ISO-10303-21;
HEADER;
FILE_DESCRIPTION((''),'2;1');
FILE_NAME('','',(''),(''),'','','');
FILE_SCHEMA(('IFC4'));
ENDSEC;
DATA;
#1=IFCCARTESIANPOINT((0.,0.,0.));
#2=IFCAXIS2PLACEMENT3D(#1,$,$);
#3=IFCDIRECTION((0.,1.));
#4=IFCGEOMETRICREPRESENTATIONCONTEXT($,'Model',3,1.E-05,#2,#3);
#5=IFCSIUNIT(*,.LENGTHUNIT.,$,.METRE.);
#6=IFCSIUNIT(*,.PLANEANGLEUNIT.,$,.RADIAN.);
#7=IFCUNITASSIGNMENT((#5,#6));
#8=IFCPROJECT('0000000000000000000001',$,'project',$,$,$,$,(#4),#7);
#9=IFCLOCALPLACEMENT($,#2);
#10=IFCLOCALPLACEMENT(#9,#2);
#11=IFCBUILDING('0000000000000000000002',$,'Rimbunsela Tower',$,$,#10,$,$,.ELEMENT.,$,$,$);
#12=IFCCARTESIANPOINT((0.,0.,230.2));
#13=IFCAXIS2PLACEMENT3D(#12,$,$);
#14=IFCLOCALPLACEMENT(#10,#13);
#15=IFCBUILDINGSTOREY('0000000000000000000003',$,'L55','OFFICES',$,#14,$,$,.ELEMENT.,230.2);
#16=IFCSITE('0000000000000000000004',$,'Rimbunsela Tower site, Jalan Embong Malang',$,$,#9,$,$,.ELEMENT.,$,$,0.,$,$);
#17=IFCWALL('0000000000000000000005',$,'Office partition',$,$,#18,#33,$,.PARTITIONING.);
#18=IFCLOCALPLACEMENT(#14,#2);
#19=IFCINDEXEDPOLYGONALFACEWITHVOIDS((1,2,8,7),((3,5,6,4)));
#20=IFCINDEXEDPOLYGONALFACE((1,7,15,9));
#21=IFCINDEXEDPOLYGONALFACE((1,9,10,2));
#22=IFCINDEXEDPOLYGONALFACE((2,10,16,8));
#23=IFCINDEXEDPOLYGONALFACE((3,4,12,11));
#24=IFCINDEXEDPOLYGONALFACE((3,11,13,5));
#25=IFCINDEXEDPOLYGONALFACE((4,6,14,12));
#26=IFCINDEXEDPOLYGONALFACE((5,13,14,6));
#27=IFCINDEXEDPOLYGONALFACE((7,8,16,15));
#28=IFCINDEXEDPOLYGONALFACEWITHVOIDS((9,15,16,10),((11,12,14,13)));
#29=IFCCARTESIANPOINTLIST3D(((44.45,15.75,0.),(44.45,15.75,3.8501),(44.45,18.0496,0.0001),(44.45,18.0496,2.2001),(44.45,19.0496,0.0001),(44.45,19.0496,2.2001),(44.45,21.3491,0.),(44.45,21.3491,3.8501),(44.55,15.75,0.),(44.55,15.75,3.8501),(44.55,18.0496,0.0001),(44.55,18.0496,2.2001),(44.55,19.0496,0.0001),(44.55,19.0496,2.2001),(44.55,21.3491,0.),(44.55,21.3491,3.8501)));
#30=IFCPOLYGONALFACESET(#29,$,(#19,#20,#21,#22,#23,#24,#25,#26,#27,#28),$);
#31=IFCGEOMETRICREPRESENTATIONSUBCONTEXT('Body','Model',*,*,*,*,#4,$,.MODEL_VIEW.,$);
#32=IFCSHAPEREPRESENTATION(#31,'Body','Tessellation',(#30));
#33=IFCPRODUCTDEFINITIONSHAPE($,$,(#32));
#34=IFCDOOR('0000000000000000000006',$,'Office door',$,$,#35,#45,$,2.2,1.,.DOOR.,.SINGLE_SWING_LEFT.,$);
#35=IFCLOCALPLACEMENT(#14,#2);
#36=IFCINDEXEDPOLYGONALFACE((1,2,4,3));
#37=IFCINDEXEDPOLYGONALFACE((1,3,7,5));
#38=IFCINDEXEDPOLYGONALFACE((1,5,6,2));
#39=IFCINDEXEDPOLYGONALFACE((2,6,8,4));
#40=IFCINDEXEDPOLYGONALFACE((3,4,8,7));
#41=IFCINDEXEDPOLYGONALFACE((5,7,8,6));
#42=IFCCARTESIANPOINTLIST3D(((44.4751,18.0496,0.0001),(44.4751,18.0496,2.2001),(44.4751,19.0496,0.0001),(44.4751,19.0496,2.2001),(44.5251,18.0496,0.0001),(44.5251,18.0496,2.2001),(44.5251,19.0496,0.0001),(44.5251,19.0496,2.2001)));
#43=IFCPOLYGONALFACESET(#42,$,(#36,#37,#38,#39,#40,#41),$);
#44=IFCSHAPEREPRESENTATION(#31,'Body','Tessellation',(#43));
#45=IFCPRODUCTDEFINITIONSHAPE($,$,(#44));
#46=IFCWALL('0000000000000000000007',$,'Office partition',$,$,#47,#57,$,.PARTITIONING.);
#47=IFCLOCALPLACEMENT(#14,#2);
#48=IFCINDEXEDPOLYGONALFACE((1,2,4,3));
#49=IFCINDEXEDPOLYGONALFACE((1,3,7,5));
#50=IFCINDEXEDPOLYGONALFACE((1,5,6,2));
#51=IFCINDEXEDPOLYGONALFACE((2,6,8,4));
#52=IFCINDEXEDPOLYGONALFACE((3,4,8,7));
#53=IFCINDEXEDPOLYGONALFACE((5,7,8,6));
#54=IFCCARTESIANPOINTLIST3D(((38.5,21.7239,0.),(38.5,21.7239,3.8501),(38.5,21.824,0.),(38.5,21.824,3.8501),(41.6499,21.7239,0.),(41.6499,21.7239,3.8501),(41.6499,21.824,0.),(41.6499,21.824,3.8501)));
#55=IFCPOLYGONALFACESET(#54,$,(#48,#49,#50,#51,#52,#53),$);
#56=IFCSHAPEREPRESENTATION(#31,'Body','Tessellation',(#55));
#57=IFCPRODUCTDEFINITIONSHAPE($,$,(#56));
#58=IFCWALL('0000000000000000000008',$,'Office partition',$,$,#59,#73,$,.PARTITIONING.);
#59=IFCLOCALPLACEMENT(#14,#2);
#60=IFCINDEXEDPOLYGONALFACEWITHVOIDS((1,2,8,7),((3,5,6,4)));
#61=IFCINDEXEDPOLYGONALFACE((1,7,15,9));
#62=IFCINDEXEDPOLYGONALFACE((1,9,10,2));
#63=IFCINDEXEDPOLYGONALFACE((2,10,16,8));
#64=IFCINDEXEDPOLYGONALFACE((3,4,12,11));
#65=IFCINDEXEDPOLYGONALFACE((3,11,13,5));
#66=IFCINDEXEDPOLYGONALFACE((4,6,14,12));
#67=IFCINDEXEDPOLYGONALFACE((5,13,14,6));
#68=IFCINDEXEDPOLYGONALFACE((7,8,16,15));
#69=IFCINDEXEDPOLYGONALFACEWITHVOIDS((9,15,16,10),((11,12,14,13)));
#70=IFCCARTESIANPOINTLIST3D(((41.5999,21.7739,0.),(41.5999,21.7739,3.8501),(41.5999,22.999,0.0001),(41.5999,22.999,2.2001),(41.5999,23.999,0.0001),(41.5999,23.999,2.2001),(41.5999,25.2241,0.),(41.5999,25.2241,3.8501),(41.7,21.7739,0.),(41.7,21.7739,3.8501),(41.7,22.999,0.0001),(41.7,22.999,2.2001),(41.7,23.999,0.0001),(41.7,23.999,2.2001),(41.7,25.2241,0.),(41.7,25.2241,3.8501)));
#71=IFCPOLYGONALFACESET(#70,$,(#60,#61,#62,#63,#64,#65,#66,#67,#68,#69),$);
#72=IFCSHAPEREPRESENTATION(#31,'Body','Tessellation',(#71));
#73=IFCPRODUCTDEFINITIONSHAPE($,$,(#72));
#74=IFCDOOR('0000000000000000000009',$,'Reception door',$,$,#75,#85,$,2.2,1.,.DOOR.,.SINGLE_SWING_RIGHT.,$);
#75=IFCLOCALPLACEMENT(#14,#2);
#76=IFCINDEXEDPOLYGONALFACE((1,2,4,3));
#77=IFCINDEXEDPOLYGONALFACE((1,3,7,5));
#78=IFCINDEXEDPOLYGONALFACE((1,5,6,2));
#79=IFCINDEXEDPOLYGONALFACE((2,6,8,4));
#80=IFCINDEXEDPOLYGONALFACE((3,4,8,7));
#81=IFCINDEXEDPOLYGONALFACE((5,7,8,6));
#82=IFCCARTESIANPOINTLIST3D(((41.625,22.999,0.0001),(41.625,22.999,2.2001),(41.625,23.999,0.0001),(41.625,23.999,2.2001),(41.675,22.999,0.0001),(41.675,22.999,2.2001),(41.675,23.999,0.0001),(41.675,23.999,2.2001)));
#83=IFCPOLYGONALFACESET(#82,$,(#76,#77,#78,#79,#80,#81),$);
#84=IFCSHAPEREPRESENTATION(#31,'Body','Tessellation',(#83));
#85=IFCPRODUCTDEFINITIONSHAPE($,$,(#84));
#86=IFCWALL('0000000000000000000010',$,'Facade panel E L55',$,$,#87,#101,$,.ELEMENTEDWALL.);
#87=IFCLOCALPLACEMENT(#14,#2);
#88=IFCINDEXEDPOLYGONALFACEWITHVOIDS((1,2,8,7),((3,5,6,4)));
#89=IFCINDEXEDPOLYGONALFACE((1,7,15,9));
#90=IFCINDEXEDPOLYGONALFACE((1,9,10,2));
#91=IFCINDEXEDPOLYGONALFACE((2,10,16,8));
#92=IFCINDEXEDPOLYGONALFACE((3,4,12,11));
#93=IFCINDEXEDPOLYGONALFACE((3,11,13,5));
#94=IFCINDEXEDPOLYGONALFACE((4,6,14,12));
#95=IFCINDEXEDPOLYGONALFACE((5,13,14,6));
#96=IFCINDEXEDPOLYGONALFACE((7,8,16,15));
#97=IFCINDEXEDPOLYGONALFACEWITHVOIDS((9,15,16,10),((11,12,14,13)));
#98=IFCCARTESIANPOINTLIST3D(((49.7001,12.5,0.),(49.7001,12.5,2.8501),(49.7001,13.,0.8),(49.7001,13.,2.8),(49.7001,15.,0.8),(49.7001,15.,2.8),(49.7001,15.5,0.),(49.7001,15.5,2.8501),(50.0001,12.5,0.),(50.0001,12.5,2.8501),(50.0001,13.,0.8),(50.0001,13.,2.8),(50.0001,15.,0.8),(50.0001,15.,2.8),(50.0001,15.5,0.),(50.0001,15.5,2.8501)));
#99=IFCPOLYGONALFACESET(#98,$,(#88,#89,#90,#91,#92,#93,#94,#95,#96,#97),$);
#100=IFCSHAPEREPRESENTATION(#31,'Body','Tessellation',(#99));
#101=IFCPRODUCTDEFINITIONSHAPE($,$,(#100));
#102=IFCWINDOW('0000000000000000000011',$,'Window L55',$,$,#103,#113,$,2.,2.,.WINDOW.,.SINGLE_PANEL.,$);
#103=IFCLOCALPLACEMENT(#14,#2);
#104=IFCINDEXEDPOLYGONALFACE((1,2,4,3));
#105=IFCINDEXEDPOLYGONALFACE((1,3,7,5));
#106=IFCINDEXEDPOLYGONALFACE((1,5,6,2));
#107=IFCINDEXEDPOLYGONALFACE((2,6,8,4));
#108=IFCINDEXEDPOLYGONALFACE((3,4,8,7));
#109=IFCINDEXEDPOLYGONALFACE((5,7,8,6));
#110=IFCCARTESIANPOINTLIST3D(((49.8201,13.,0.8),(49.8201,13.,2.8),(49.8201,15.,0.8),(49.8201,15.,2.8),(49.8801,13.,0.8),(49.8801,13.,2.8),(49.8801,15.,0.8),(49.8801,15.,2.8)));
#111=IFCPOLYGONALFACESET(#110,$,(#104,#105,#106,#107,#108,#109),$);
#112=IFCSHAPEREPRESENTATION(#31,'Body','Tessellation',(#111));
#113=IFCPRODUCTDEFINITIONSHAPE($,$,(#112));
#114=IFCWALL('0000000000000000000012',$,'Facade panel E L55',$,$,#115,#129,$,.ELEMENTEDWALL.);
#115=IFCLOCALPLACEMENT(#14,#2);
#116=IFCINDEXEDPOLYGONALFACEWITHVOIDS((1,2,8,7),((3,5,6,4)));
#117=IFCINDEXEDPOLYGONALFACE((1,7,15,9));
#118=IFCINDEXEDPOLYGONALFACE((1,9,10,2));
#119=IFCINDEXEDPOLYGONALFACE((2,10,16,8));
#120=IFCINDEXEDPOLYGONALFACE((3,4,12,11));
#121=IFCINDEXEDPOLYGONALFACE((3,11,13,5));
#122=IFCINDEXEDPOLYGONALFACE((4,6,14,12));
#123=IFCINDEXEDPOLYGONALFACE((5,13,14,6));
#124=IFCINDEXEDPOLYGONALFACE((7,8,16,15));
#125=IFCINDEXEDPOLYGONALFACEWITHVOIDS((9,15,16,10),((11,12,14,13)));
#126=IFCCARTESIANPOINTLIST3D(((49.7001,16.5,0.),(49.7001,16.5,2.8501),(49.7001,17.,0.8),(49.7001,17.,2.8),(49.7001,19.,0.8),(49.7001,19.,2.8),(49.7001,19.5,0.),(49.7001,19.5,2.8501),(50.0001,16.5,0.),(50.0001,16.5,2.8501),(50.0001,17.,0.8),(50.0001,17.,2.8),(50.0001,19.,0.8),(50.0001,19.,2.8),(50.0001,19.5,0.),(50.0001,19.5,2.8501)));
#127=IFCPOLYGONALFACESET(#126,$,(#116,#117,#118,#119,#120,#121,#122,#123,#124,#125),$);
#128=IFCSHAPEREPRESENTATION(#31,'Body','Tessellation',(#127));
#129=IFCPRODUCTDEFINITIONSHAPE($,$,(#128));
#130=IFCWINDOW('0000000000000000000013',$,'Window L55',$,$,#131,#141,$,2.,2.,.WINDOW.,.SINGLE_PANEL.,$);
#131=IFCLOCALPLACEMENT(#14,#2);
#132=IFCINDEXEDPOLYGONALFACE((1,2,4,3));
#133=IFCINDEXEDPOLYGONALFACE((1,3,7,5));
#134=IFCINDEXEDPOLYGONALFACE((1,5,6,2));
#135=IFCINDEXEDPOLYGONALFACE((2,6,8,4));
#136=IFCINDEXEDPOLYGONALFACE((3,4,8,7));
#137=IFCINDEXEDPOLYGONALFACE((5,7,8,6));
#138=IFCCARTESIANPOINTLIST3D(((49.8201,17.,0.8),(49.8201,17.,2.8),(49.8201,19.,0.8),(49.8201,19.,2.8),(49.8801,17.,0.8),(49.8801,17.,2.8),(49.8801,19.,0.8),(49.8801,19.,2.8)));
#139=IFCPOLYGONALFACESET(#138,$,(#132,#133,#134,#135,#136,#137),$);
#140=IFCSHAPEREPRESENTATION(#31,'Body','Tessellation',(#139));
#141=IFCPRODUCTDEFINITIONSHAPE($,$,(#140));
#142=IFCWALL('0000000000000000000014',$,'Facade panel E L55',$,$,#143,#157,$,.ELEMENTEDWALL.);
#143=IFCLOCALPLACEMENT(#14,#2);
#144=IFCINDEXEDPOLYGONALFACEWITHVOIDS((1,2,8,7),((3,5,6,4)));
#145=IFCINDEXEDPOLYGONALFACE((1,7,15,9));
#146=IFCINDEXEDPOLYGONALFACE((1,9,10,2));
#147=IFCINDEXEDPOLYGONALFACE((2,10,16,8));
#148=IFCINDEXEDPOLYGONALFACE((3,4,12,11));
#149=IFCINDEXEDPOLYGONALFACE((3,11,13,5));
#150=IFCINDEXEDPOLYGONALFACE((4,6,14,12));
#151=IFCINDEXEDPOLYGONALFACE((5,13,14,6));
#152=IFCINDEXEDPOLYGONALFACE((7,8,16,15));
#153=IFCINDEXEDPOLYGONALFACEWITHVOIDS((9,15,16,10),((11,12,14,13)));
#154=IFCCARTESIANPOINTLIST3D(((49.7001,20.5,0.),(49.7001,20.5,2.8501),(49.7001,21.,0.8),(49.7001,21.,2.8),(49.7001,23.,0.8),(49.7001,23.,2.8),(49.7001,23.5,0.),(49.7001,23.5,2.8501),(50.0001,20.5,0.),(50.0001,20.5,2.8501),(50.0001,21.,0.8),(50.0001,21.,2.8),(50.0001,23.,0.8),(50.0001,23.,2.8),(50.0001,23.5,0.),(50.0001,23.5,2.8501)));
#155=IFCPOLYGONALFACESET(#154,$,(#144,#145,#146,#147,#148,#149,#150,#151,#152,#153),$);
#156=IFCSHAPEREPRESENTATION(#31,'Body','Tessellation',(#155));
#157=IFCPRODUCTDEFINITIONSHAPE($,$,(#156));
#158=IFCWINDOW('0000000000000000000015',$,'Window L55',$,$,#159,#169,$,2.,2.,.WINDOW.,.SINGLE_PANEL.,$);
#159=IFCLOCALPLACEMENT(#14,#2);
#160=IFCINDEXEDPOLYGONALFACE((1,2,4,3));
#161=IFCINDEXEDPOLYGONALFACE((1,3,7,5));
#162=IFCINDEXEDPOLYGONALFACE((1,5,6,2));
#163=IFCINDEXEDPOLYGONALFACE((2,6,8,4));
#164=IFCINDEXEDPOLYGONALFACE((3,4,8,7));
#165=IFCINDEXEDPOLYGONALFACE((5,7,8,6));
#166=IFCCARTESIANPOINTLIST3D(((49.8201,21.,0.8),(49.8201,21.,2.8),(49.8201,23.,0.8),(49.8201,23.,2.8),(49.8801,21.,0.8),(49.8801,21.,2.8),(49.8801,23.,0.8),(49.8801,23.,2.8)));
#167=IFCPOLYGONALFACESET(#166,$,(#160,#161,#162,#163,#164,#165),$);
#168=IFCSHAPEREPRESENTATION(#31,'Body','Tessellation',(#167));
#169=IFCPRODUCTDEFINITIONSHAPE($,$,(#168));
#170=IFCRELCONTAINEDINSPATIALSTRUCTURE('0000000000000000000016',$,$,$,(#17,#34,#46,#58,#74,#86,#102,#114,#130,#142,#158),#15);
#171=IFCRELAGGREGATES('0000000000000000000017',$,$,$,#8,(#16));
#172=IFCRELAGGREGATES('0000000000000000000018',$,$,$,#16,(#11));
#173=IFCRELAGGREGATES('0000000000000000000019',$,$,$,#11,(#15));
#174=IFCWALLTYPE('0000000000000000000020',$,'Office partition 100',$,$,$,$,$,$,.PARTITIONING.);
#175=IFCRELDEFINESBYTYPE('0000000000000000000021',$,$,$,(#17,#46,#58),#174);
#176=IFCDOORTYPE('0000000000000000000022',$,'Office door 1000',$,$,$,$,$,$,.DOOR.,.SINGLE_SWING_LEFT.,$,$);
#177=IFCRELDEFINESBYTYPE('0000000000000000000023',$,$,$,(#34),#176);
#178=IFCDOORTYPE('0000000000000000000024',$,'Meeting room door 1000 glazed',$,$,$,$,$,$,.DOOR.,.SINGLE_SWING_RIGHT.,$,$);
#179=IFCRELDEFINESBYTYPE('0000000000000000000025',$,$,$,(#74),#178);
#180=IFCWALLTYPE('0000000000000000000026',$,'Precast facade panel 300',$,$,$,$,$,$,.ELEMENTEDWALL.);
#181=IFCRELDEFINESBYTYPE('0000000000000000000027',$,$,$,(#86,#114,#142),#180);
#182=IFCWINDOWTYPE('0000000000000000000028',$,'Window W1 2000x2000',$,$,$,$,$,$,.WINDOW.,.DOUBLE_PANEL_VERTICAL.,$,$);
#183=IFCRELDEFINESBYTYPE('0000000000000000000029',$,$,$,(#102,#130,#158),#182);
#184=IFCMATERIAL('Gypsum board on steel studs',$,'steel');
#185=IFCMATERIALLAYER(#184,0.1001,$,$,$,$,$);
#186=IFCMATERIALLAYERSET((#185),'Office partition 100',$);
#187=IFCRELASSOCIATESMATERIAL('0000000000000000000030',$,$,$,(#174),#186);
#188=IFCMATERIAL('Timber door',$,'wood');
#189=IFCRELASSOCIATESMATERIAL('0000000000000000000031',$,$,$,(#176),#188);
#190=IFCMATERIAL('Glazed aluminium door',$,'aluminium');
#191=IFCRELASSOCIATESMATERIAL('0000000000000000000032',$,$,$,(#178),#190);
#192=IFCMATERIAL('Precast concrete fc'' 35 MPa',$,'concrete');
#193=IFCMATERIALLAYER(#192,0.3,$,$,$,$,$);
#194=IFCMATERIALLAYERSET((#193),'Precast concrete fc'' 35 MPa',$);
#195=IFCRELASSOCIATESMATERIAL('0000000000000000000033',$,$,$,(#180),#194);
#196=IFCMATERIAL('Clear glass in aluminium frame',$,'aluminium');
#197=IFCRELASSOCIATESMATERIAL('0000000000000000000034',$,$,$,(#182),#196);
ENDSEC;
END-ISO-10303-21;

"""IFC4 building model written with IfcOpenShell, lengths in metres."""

from ifc_helpers import new_model, si_unit, direction, frame, frame_2d, origin, place, context, subcontext, project, spatial, rectangle, extrude, material, layer, layer_set, type_object, element, fill, save


model = new_model("IFC4")

# Units and contexts
model_context = context("Model", 3, precision=1e-05, world=origin(), true_north=direction((0.0, 1.0)))
body_context = subcontext(model_context, "Body", "Model", "MODEL_VIEW")
ifc_project = project(units=[si_unit("LENGTHUNIT", "METRE"), si_unit("PLANEANGLEUNIT", "RADIAN")], contexts=[model_context])

# Site, building, storey
site_placement = place(None, origin())
site = spatial("IfcSite", under=ifc_project, at=site_placement, Name="Rimbunsela Tower site, Jalan Embong Malang", CompositionType="ELEMENT", RefElevation=0.0)
building_placement = place(site_placement, origin())
building = spatial("IfcBuilding", under=site, at=building_placement, Name="Rimbunsela Tower", CompositionType="ELEMENT")
storey_placement = place(building_placement, frame((0.0, 0.0, 230.2)))
storey = spatial("IfcBuildingStorey", under=building, at=storey_placement, Name="L55", Description="OFFICES", CompositionType="ELEMENT", Elevation=230.2)

# Shared definitions
ifc_material_1 = material(Name="Gypsum board on steel studs", Category="steel")
ifc_layer_1 = layer(ifc_material_1, 0.1001)
ifc_layer_set_1 = layer_set([ifc_layer_1], Name="Office partition 100")
wall_type_1 = type_object("IfcWallType", Name="Office partition 100", PredefinedType="PARTITIONING", material=ifc_layer_set_1)

# Wall, opening, door
wall_1_placement = place(storey_placement, frame((44.5, 15.75, 0.0), z_axis=(0.0, 0.0, 1.0), x_axis=(0.0, 1.0, 0.0)))
wall_1 = element("IfcWall", 1, at=wall_1_placement, inside=storey, type_object=wall_type_1, Name="Office partition", PredefinedType="PARTITIONING", context=body_context, shape_type="SweptSolid", body=[
    extrude(rectangle(XDim=5.5991, YDim=0.1001, at=frame_2d((2.7996, 0.0))), origin(), (0.0, 0.0, 1.0), 3.8501),
])
opening_1_placement = place(wall_1_placement, frame((2.2996, 0.0, 0.0)))
opening_1 = element("IfcOpeningElement", 2, at=opening_1_placement, cuts=wall_1, PredefinedType="OPENING", context=body_context, shape_type="SweptSolid", body=[
    extrude(rectangle(XDim=1.0, YDim=2.2, at=frame_2d((0.5, 1.1001))), frame((0.0, 0.0601, 0.0), z_axis=(0.0, -1.0, 0.0), x_axis=(1.0, 0.0, 0.0)), (0.0, 0.0, 1.0), 0.1201),
])
ifc_material_2 = material(Name="Timber door", Category="wood")
door_type_1 = type_object("IfcDoorType", Name="Office door 1000", OperationType="SINGLE_SWING_LEFT", PredefinedType="DOOR", material=ifc_material_2)
door_1_placement = place(opening_1_placement, origin())
door_1 = element("IfcDoor", 3, at=door_1_placement, inside=storey, type_object=door_type_1, Name="Office door", OperationType="SINGLE_SWING_LEFT", OverallHeight=2.2, OverallWidth=1.0, PredefinedType="DOOR", context=body_context, shape_type="SweptSolid", body=[
    extrude(rectangle(XDim=1.0, YDim=2.2, at=frame_2d((0.5, 1.1001))), frame((0.0, 0.0249, 0.0), z_axis=(0.0, -1.0, 0.0), x_axis=(1.0, 0.0, 0.0)), (0.0, 0.0, 1.0), 0.05),
])
fill(opening_1, door_1)

# Wall
wall_2_placement = place(storey_placement, frame((38.5, 21.7739, 0.0), z_axis=(0.0, 0.0, 1.0), x_axis=(1.0, 0.0, 0.0)))
element("IfcWall", 4, at=wall_2_placement, inside=storey, type_object=wall_type_1, Name="Office partition", PredefinedType="PARTITIONING", context=body_context, shape_type="SweptSolid", body=[
    extrude(rectangle(XDim=3.1499, YDim=0.1001, at=frame_2d((1.575, 0.0))), origin(), (0.0, 0.0, 1.0), 3.8501),
])

# Wall, opening, door
wall_3_placement = place(storey_placement, frame((41.6499, 21.7739, 0.0), z_axis=(0.0, 0.0, 1.0), x_axis=(0.0, 1.0, 0.0)))
wall_3 = element("IfcWall", 5, at=wall_3_placement, inside=storey, type_object=wall_type_1, Name="Office partition", PredefinedType="PARTITIONING", context=body_context, shape_type="SweptSolid", body=[
    extrude(rectangle(XDim=3.4502, YDim=0.1001, at=frame_2d((1.7251, 0.0))), origin(), (0.0, 0.0, 1.0), 3.8501),
])
opening_2_placement = place(wall_3_placement, frame((1.2251, 0.0, 0.0)))
opening_2 = element("IfcOpeningElement", 6, at=opening_2_placement, cuts=wall_3, PredefinedType="OPENING", context=body_context, shape_type="SweptSolid", body=[
    extrude(rectangle(XDim=1.0, YDim=2.2, at=frame_2d((0.5, 1.1001))), frame((0.0, 0.0601, 0.0), z_axis=(0.0, -1.0, 0.0), x_axis=(1.0, 0.0, 0.0)), (0.0, 0.0, 1.0), 0.1201),
])
ifc_material_3 = material(Name="Glazed aluminium door", Category="aluminium")
door_type_2 = type_object("IfcDoorType", Name="Meeting room door 1000 glazed", OperationType="SINGLE_SWING_RIGHT", PredefinedType="DOOR", material=ifc_material_3)
door_2_placement = place(opening_2_placement, origin())
door_2 = element("IfcDoor", 7, at=door_2_placement, inside=storey, type_object=door_type_2, Name="Reception door", OperationType="SINGLE_SWING_RIGHT", OverallHeight=2.2, OverallWidth=1.0, PredefinedType="DOOR", context=body_context, shape_type="SweptSolid", body=[
    extrude(rectangle(XDim=1.0, YDim=2.2, at=frame_2d((0.5, 1.1001))), frame((0.0, 0.0249, 0.0), z_axis=(0.0, -1.0, 0.0), x_axis=(1.0, 0.0, 0.0)), (0.0, 0.0, 1.0), 0.05),
])
fill(opening_2, door_2)

# Walls, openings, windows
ifc_material_4 = material(Name="Precast concrete fc' 35 MPa", Category="concrete")
ifc_layer_2 = layer(ifc_material_4, 0.3)
ifc_layer_set_2 = layer_set([ifc_layer_2], Name="Precast concrete fc' 35 MPa")
wall_type_2 = type_object("IfcWallType", Name="Precast facade panel 300", PredefinedType="ELEMENTEDWALL", material=ifc_layer_set_2)
wall_4_placement = place(storey_placement, frame((49.8501, 12.5, 0.0), z_axis=(0.0, 0.0, 1.0), x_axis=(0.0, 1.0, 0.0)))
wall_4 = element("IfcWall", 8, at=wall_4_placement, inside=storey, type_object=wall_type_2, Name="Facade panel E L55", PredefinedType="ELEMENTEDWALL", context=body_context, shape_type="SweptSolid", body=[
    extrude(rectangle(XDim=3.0, YDim=0.3, at=frame_2d((1.5, 0.0))), origin(), (0.0, 0.0, 1.0), 2.8501),
])
opening_3_placement = place(wall_4_placement, frame((0.5, 0.0, 0.8)))
opening_3 = element("IfcOpeningElement", 9, at=opening_3_placement, cuts=wall_4, PredefinedType="OPENING", context=body_context, shape_type="SweptSolid", body=[
    extrude(rectangle(XDim=2.0, YDim=2.0, at=frame_2d((1.0, 1.0))), frame((0.0, 0.1599, 0.0), z_axis=(0.0, -1.0, 0.0), x_axis=(1.0, 0.0, 0.0)), (0.0, 0.0, 1.0), 0.3201),
])
ifc_material_5 = material(Name="Clear glass in aluminium frame", Category="aluminium")
window_type = type_object("IfcWindowType", Name="Window W1 2000x2000", PartitioningType="DOUBLE_PANEL_VERTICAL", PredefinedType="WINDOW", material=ifc_material_5)
window_1_placement = place(opening_3_placement, origin())
window_1 = element("IfcWindow", 10, at=window_1_placement, inside=storey, type_object=window_type, Name="Window L55", OverallHeight=2.0, OverallWidth=2.0, PartitioningType="SINGLE_PANEL", PredefinedType="WINDOW", context=body_context, shape_type="SweptSolid", body=[
    extrude(rectangle(XDim=2.0, YDim=2.0, at=frame_2d((1.0, 1.0))), frame((0.0, 0.03, 0.0), z_axis=(0.0, -1.0, 0.0), x_axis=(1.0, 0.0, 0.0)), (0.0, 0.0, 1.0), 0.0601),
])
fill(opening_3, window_1)
wall_5_placement = place(storey_placement, frame((49.8501, 16.5, 0.0), z_axis=(0.0, 0.0, 1.0), x_axis=(0.0, 1.0, 0.0)))
wall_5 = element("IfcWall", 11, at=wall_5_placement, inside=storey, type_object=wall_type_2, Name="Facade panel E L55", PredefinedType="ELEMENTEDWALL", context=body_context, shape_type="SweptSolid", body=[
    extrude(rectangle(XDim=3.0, YDim=0.3, at=frame_2d((1.5, 0.0))), origin(), (0.0, 0.0, 1.0), 2.8501),
])
opening_4_placement = place(wall_5_placement, frame((0.5, 0.0, 0.8)))
opening_4 = element("IfcOpeningElement", 12, at=opening_4_placement, cuts=wall_5, PredefinedType="OPENING", context=body_context, shape_type="SweptSolid", body=[
    extrude(rectangle(XDim=2.0, YDim=2.0, at=frame_2d((1.0, 1.0))), frame((0.0, 0.1599, 0.0), z_axis=(0.0, -1.0, 0.0), x_axis=(1.0, 0.0, 0.0)), (0.0, 0.0, 1.0), 0.3201),
])
window_2_placement = place(opening_4_placement, origin())
window_2 = element("IfcWindow", 13, at=window_2_placement, inside=storey, type_object=window_type, Name="Window L55", OverallHeight=2.0, OverallWidth=2.0, PartitioningType="SINGLE_PANEL", PredefinedType="WINDOW", context=body_context, shape_type="SweptSolid", body=[
    extrude(rectangle(XDim=2.0, YDim=2.0, at=frame_2d((1.0, 1.0))), frame((0.0, 0.03, 0.0), z_axis=(0.0, -1.0, 0.0), x_axis=(1.0, 0.0, 0.0)), (0.0, 0.0, 1.0), 0.0601),
])
fill(opening_4, window_2)
wall_6_placement = place(storey_placement, frame((49.8501, 20.5, 0.0), z_axis=(0.0, 0.0, 1.0), x_axis=(0.0, 1.0, 0.0)))
wall_6 = element("IfcWall", 14, at=wall_6_placement, inside=storey, type_object=wall_type_2, Name="Facade panel E L55", PredefinedType="ELEMENTEDWALL", context=body_context, shape_type="SweptSolid", body=[
    extrude(rectangle(XDim=3.0, YDim=0.3, at=frame_2d((1.5, 0.0))), origin(), (0.0, 0.0, 1.0), 2.8501),
])
opening_5_placement = place(wall_6_placement, frame((0.5, 0.0, 0.8)))
opening_5 = element("IfcOpeningElement", 15, at=opening_5_placement, cuts=wall_6, PredefinedType="OPENING", context=body_context, shape_type="SweptSolid", body=[
    extrude(rectangle(XDim=2.0, YDim=2.0, at=frame_2d((1.0, 1.0))), frame((0.0, 0.1599, 0.0), z_axis=(0.0, -1.0, 0.0), x_axis=(1.0, 0.0, 0.0)), (0.0, 0.0, 1.0), 0.3201),
])
window_3_placement = place(opening_5_placement, origin())
window_3 = element("IfcWindow", 16, at=window_3_placement, inside=storey, type_object=window_type, Name="Window L55", OverallHeight=2.0, OverallWidth=2.0, PartitioningType="SINGLE_PANEL", PredefinedType="WINDOW", context=body_context, shape_type="SweptSolid", body=[
    extrude(rectangle(XDim=2.0, YDim=2.0, at=frame_2d((1.0, 1.0))), frame((0.0, 0.03, 0.0), z_axis=(0.0, -1.0, 0.0), x_axis=(1.0, 0.0, 0.0)), (0.0, 0.0, 1.0), 0.0601),
])
fill(opening_5, window_3)

save(model, "model.ifc")
